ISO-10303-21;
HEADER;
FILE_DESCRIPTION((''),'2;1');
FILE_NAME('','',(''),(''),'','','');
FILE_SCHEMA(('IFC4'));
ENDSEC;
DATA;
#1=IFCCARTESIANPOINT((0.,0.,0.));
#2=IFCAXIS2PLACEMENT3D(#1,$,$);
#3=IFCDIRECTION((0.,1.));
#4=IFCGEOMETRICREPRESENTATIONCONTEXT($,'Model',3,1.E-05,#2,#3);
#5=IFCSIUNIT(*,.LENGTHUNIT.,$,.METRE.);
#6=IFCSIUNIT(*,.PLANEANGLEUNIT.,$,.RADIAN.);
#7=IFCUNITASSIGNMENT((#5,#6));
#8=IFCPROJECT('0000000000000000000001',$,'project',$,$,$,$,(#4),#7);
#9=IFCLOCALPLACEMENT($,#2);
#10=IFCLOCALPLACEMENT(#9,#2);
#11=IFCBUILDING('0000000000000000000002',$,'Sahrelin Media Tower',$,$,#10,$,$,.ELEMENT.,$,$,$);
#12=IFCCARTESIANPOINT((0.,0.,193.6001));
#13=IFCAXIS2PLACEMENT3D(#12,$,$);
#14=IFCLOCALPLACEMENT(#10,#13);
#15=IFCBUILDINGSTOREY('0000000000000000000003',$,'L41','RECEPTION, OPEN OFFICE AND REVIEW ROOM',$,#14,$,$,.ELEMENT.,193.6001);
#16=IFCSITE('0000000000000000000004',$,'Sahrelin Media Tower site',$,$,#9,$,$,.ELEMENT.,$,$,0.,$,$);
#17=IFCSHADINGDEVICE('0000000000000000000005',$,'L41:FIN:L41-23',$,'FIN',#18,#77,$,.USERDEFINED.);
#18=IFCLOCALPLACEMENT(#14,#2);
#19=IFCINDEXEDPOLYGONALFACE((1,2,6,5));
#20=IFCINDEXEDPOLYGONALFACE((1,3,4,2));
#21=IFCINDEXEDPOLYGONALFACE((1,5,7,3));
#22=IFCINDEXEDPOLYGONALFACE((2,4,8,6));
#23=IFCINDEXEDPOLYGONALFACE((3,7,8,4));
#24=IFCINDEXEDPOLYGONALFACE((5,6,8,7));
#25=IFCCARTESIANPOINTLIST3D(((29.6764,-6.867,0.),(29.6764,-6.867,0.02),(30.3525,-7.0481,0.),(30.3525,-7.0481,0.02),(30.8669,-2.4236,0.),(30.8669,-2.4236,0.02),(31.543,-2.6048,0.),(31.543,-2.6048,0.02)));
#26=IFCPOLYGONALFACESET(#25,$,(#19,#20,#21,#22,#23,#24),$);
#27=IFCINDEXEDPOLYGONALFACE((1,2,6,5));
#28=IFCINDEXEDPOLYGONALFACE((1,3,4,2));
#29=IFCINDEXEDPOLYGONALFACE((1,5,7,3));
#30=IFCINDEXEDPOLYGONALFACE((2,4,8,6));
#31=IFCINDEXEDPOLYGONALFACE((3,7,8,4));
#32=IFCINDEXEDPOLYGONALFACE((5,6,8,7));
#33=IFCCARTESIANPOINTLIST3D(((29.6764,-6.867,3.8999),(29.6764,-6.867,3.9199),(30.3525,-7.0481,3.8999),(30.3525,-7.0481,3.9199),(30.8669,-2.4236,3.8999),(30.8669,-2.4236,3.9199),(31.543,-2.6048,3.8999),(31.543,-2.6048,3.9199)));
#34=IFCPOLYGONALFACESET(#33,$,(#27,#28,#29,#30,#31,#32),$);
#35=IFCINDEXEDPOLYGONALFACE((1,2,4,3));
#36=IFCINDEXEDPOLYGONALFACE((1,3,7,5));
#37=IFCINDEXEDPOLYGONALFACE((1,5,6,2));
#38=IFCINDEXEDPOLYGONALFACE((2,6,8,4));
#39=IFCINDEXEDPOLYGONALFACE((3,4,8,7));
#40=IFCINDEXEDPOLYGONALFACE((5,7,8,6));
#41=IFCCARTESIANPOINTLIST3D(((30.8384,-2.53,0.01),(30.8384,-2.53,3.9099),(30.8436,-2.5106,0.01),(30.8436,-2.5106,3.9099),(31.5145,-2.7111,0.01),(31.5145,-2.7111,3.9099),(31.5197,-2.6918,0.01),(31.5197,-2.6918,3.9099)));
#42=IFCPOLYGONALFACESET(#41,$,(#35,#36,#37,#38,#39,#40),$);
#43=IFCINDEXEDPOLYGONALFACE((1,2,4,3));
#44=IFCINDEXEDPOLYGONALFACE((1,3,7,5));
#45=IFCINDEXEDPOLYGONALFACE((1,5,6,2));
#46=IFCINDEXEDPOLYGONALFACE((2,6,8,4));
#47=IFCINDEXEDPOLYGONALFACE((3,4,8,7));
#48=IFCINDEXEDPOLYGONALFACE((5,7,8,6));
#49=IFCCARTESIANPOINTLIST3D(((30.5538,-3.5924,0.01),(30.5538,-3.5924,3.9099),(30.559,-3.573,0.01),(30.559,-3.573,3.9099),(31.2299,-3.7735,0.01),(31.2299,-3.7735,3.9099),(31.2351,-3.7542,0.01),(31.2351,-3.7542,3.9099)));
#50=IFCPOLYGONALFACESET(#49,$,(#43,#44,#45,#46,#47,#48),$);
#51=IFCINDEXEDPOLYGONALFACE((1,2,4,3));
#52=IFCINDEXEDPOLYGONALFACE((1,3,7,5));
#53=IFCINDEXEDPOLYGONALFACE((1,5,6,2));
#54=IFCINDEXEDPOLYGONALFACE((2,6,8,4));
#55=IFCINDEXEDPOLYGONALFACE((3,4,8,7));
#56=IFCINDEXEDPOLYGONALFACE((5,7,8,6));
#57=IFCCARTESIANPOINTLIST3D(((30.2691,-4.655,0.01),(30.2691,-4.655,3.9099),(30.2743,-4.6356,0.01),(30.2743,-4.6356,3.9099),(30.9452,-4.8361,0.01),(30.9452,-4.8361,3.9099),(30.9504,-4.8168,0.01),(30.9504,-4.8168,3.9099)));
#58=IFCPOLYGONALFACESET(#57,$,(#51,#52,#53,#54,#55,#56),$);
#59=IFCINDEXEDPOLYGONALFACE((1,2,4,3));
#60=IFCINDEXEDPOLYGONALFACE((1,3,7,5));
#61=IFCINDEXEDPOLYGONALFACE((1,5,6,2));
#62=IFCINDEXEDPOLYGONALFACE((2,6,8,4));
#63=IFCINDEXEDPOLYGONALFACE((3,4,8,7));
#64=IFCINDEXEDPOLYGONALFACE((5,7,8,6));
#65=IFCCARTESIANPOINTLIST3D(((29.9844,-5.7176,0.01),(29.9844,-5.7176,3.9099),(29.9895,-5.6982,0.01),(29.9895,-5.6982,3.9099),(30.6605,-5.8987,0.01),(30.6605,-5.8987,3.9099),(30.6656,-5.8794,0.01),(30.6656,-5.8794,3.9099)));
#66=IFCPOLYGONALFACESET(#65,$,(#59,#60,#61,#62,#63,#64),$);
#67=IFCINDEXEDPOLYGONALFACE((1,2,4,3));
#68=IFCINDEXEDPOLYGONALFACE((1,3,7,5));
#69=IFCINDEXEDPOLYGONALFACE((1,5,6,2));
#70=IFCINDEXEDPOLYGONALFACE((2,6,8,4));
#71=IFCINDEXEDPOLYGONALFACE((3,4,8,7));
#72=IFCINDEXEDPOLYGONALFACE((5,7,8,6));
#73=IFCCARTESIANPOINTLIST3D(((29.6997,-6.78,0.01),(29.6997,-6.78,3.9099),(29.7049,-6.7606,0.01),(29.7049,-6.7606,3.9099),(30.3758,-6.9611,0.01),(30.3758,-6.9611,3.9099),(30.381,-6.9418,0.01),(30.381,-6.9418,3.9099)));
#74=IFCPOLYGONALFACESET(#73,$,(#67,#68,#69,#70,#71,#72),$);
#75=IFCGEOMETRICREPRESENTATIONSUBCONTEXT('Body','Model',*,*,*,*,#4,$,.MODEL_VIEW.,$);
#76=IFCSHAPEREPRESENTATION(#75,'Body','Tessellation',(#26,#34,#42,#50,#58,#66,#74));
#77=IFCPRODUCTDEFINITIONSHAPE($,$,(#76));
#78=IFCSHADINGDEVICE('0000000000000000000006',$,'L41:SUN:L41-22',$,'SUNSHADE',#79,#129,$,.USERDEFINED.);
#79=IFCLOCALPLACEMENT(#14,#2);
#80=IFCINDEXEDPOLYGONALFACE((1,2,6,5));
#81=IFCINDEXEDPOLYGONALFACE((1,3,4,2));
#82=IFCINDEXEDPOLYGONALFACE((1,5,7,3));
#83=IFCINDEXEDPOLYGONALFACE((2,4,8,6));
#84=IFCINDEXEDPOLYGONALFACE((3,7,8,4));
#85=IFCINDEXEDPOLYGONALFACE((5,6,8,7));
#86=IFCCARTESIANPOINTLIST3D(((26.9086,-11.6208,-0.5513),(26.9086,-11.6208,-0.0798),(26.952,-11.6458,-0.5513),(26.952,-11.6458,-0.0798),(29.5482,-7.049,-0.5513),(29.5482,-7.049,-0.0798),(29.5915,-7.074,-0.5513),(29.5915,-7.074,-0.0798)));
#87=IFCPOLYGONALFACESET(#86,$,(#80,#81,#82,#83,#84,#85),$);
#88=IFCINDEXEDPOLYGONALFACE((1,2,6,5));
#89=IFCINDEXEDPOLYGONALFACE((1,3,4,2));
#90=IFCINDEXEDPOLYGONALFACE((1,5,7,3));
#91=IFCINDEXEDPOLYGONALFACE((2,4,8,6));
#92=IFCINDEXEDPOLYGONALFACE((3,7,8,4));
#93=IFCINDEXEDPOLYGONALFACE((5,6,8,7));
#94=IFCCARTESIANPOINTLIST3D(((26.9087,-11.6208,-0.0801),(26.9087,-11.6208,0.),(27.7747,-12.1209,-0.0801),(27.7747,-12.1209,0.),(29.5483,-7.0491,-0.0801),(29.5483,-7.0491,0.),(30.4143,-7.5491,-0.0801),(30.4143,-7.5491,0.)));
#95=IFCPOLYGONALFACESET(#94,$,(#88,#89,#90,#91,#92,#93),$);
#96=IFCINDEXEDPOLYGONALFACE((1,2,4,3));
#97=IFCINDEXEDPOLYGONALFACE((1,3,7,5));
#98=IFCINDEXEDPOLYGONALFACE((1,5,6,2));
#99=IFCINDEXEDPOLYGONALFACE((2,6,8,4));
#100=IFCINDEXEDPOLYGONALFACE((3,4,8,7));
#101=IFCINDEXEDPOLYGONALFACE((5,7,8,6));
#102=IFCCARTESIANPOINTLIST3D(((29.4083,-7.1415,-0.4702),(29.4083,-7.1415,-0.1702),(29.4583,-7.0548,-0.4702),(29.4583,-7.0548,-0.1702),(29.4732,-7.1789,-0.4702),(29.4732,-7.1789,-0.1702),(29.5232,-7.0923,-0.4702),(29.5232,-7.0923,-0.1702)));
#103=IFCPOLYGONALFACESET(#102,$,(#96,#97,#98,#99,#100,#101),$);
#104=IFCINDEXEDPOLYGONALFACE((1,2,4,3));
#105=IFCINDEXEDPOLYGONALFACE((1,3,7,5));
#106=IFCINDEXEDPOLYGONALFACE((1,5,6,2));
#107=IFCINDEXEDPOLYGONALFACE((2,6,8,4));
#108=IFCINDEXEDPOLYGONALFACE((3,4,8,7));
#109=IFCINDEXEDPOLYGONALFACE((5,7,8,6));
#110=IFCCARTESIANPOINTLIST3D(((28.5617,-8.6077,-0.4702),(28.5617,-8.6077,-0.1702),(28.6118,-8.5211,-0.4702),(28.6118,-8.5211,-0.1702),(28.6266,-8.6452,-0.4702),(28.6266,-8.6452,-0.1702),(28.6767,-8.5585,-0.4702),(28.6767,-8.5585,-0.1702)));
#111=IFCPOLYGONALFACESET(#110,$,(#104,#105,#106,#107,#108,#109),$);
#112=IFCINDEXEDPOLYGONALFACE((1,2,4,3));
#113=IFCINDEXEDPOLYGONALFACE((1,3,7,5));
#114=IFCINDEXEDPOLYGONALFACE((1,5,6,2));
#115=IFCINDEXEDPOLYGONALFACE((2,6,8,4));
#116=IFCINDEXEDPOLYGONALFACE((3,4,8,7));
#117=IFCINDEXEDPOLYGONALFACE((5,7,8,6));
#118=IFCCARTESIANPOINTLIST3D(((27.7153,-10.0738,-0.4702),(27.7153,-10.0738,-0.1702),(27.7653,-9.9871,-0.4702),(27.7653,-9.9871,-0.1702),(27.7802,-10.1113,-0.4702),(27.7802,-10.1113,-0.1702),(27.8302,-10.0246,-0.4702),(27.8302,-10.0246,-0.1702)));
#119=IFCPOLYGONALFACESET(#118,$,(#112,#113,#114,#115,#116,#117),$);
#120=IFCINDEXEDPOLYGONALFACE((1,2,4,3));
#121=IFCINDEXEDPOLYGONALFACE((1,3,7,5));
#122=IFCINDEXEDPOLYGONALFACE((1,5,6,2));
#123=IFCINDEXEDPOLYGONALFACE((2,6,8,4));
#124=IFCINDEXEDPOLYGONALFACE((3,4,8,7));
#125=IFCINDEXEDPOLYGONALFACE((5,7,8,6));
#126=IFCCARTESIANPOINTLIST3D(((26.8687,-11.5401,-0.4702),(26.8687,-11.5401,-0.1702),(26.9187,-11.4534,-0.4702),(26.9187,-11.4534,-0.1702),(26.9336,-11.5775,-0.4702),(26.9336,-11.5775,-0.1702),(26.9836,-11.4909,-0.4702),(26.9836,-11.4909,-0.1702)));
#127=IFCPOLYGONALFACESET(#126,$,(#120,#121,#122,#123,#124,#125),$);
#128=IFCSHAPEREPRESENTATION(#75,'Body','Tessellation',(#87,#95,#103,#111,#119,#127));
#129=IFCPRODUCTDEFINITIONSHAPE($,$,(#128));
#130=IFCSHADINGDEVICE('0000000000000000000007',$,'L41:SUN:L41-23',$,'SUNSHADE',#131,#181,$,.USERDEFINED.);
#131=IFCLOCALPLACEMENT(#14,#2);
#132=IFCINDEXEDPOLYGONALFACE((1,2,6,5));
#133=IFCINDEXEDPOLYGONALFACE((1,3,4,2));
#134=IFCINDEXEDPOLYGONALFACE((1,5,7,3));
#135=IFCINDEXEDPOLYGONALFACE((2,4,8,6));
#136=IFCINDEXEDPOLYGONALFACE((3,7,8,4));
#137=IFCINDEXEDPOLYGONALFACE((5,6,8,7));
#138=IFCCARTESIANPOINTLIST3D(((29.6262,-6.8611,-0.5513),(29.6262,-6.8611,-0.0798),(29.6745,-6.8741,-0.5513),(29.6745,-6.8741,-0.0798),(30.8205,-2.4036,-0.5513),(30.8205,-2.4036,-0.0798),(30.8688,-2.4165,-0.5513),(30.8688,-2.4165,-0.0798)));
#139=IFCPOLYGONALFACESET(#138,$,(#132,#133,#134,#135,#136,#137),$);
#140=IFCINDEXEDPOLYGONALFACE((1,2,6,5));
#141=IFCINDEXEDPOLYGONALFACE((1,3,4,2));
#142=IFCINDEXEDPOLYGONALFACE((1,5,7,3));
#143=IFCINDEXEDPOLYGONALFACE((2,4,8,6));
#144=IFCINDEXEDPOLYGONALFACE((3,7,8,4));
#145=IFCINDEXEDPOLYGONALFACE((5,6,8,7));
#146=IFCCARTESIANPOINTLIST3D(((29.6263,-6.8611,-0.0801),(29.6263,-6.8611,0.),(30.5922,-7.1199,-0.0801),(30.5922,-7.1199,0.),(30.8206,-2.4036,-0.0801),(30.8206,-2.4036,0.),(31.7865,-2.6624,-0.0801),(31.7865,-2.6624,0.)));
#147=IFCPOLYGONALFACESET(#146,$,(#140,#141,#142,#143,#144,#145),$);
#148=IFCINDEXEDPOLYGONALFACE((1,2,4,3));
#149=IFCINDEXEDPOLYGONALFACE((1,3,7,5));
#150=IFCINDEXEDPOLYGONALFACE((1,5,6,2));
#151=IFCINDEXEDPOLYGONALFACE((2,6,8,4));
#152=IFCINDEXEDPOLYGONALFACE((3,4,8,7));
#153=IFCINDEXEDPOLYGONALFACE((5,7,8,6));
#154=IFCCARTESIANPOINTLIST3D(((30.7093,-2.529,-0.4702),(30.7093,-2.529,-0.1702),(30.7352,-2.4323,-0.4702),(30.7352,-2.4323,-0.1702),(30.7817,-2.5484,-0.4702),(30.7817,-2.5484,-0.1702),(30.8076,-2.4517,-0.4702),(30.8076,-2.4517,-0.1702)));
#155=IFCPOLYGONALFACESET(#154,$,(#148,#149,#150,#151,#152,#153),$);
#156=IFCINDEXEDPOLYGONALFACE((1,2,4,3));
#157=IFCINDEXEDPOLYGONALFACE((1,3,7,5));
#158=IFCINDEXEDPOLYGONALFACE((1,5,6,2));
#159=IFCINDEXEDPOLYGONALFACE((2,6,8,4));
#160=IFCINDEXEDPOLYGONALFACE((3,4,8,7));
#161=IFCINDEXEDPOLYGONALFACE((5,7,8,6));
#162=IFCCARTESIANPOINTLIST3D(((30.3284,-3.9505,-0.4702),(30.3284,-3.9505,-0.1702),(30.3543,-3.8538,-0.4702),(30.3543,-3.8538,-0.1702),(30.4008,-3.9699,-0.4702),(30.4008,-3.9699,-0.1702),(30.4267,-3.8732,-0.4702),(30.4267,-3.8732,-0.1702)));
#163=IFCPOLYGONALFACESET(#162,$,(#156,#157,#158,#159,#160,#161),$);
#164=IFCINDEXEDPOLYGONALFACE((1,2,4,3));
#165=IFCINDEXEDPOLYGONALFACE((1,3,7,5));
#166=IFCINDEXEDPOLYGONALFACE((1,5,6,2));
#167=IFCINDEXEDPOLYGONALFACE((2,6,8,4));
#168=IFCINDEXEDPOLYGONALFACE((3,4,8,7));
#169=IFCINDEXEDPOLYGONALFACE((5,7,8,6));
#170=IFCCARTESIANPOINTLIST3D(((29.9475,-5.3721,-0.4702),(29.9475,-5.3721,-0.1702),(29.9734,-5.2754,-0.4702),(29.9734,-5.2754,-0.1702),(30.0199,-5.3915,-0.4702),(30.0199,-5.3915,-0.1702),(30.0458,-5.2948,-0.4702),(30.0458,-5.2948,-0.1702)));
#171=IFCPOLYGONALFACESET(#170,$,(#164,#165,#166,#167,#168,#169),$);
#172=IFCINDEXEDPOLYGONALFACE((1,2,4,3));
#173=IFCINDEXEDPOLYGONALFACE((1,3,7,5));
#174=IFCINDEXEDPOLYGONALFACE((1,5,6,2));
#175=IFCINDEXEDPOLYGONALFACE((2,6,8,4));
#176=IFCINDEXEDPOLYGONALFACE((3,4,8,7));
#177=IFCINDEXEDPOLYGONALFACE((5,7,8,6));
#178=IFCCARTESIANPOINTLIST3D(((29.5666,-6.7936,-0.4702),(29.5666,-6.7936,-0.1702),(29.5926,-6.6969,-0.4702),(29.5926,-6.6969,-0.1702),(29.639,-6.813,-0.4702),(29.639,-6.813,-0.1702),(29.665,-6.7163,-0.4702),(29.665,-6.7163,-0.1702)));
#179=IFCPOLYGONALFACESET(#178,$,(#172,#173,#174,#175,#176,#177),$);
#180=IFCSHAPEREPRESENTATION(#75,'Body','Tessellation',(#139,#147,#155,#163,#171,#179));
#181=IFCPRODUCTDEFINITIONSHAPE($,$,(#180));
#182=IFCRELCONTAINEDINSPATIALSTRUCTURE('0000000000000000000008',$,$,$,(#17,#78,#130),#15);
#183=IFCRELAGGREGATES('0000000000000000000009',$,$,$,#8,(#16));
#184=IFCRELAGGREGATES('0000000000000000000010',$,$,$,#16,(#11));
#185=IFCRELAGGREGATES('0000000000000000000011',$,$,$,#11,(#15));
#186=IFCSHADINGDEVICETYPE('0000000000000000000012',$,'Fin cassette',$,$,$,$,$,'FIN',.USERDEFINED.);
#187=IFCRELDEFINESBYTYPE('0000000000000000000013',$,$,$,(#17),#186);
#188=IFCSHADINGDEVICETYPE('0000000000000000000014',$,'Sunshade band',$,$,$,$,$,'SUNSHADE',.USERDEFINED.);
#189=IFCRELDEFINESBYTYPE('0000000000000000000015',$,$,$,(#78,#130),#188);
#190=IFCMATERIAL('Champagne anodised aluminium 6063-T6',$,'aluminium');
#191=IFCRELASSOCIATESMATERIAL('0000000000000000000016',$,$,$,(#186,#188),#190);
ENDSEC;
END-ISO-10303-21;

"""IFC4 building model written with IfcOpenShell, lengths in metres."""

from ifc_helpers import new_model, si_unit, direction, frame, origin, origin_2d, place, context, subcontext, project, spatial, rectangle, extrude, material, type_object, element, save


model = new_model("IFC4")

# Units and contexts
model_context = context("Model", 3, precision=1e-05, world=origin(), true_north=direction((0.0, 1.0)))
body_context = subcontext(model_context, "Body", "Model", "MODEL_VIEW")
ifc_project = project(units=[si_unit("LENGTHUNIT", "METRE"), si_unit("PLANEANGLEUNIT", "RADIAN")], contexts=[model_context])

# Site, building, storey
site_placement = place(None, origin())
site = spatial("IfcSite", under=ifc_project, at=site_placement, Name="Sahrelin Media Tower site", CompositionType="ELEMENT", RefElevation=0.0)
building_placement = place(site_placement, origin())
building = spatial("IfcBuilding", under=site, at=building_placement, Name="Sahrelin Media Tower", CompositionType="ELEMENT")
storey_placement = place(building_placement, frame((0.0, 0.0, 193.6001)))
storey = spatial("IfcBuildingStorey", under=building, at=storey_placement, Name="L41", Description="RECEPTION, OPEN OFFICE AND REVIEW ROOM", CompositionType="ELEMENT", Elevation=193.6001)

# Shared definitions
ifc_material_1 = material(Name="Champagne anodised aluminium 6063-T6", Category="aluminium")

# Shading devices
shading_device_type_1 = type_object("IfcShadingDeviceType", Name="Fin cassette", ElementType="FIN", PredefinedType="USERDEFINED", material=ifc_material_1)
placement_1 = place(storey_placement, frame((28.2112, -9.325, 0.0), z_axis=(0.0, 0.0, 1.0), x_axis=(-0.500011, -0.866019, 0.0)))
placement_2 = place(storey_placement, frame((30.2041, -4.6272, 0.0), z_axis=(0.0, 0.0, 1.0), x_axis=(-0.258808, -0.965929, 0.0)))
element("IfcShadingDevice", 1, at=placement_2, inside=storey, type_object=shading_device_type_1, Name="L41:FIN:L41-23", ObjectType="FIN", PredefinedType="USERDEFINED", context=body_context, shape_type="SweptSolid", body=[
    extrude(rectangle(XDim=4.6001, YDim=0.7, at=origin_2d()), frame((0.0, 0.4199, 0.0)), (0.0, 0.0, 1.0), 0.02),
    extrude(rectangle(XDim=4.6001, YDim=0.7, at=origin_2d()), frame((0.0, 0.4199, 3.8999)), (0.0, 0.0, 1.0), 0.02),
    extrude(rectangle(XDim=0.02, YDim=0.7, at=origin_2d()), frame((-2.2, 0.4199, 0.01), z_axis=(0.0, 0.0, 1.0), x_axis=(1.0, 0.0, 0.0)), (0.0, 0.0, 1.0), 3.8999),
    extrude(rectangle(XDim=0.02, YDim=0.7, at=origin_2d()), frame((-1.1001, 0.4199, 0.01), z_axis=(0.0, 0.0, 1.0), x_axis=(1.0, 0.0, 0.0)), (0.0, 0.0, 1.0), 3.8999),
    extrude(rectangle(XDim=0.02, YDim=0.7, at=origin_2d()), frame((0.0, 0.4199, 0.01), z_axis=(0.0, 0.0, 1.0), x_axis=(1.0, 0.0, 0.0)), (0.0, 0.0, 1.0), 3.8999),
    extrude(rectangle(XDim=0.02, YDim=0.7, at=origin_2d()), frame((1.1001, 0.4199, 0.01), z_axis=(0.0, 0.0, 1.0), x_axis=(1.0, 0.0, 0.0)), (0.0, 0.0, 1.0), 3.8999),
    extrude(rectangle(XDim=0.02, YDim=0.7, at=origin_2d()), frame((2.2, 0.4199, 0.01), z_axis=(0.0, 0.0, 1.0), x_axis=(1.0, 0.0, 0.0)), (0.0, 0.0, 1.0), 3.8999),
])
shading_device_type_2 = type_object("IfcShadingDeviceType", Name="Sunshade band", ElementType="SUNSHADE", PredefinedType="USERDEFINED", material=ifc_material_1)
element("IfcShadingDevice", 2, at=placement_1, inside=storey, type_object=shading_device_type_2, Name="L41:SUN:L41-22", ObjectType="SUNSHADE", PredefinedType="USERDEFINED", context=body_context, shape_type="SweptSolid", body=[
    extrude(rectangle(XDim=5.2791, YDim=0.05, at=origin_2d()), frame((0.0, 0.0449, -0.5513)), (0.0, 0.0, 1.0), 0.4714),
    extrude(rectangle(XDim=5.2791, YDim=1.0, at=origin_2d()), frame((0.0, 0.52, -0.0801)), (0.0, 0.0, 1.0), 0.0801),
    extrude(rectangle(XDim=0.1001, YDim=0.075, at=origin_2d()), frame((-2.5396, -0.0176, -0.4702)), (0.0, 0.0, 1.0), 0.3),
    extrude(rectangle(XDim=0.1001, YDim=0.075, at=origin_2d()), frame((-0.8464, -0.0176, -0.4702)), (0.0, 0.0, 1.0), 0.3),
    extrude(rectangle(XDim=0.1001, YDim=0.075, at=origin_2d()), frame((0.8464, -0.0176, -0.4702)), (0.0, 0.0, 1.0), 0.3),
    extrude(rectangle(XDim=0.1001, YDim=0.075, at=origin_2d()), frame((2.5396, -0.0176, -0.4702)), (0.0, 0.0, 1.0), 0.3),
])
element("IfcShadingDevice", 3, at=placement_2, inside=storey, type_object=shading_device_type_2, Name="L41:SUN:L41-23", ObjectType="SUNSHADE", PredefinedType="USERDEFINED", context=body_context, shape_type="SweptSolid", body=[
    extrude(rectangle(XDim=4.6147, YDim=0.05, at=origin_2d()), frame((0.0, 0.0449, -0.5513)), (0.0, 0.0, 1.0), 0.4714),
    extrude(rectangle(XDim=4.6147, YDim=1.0, at=origin_2d()), frame((0.0, 0.52, -0.0801)), (0.0, 0.0, 1.0), 0.0801),
    extrude(rectangle(XDim=0.1001, YDim=0.075, at=origin_2d()), frame((-2.2075, -0.0176, -0.4702)), (0.0, 0.0, 1.0), 0.3),
    extrude(rectangle(XDim=0.1001, YDim=0.075, at=origin_2d()), frame((-0.7358, -0.0176, -0.4702)), (0.0, 0.0, 1.0), 0.3),
    extrude(rectangle(XDim=0.1001, YDim=0.075, at=origin_2d()), frame((0.7358, -0.0176, -0.4702)), (0.0, 0.0, 1.0), 0.3),
    extrude(rectangle(XDim=0.1001, YDim=0.075, at=origin_2d()), frame((2.2075, -0.0176, -0.4702)), (0.0, 0.0, 1.0), 0.3),
])

save(model, "model.ifc")
